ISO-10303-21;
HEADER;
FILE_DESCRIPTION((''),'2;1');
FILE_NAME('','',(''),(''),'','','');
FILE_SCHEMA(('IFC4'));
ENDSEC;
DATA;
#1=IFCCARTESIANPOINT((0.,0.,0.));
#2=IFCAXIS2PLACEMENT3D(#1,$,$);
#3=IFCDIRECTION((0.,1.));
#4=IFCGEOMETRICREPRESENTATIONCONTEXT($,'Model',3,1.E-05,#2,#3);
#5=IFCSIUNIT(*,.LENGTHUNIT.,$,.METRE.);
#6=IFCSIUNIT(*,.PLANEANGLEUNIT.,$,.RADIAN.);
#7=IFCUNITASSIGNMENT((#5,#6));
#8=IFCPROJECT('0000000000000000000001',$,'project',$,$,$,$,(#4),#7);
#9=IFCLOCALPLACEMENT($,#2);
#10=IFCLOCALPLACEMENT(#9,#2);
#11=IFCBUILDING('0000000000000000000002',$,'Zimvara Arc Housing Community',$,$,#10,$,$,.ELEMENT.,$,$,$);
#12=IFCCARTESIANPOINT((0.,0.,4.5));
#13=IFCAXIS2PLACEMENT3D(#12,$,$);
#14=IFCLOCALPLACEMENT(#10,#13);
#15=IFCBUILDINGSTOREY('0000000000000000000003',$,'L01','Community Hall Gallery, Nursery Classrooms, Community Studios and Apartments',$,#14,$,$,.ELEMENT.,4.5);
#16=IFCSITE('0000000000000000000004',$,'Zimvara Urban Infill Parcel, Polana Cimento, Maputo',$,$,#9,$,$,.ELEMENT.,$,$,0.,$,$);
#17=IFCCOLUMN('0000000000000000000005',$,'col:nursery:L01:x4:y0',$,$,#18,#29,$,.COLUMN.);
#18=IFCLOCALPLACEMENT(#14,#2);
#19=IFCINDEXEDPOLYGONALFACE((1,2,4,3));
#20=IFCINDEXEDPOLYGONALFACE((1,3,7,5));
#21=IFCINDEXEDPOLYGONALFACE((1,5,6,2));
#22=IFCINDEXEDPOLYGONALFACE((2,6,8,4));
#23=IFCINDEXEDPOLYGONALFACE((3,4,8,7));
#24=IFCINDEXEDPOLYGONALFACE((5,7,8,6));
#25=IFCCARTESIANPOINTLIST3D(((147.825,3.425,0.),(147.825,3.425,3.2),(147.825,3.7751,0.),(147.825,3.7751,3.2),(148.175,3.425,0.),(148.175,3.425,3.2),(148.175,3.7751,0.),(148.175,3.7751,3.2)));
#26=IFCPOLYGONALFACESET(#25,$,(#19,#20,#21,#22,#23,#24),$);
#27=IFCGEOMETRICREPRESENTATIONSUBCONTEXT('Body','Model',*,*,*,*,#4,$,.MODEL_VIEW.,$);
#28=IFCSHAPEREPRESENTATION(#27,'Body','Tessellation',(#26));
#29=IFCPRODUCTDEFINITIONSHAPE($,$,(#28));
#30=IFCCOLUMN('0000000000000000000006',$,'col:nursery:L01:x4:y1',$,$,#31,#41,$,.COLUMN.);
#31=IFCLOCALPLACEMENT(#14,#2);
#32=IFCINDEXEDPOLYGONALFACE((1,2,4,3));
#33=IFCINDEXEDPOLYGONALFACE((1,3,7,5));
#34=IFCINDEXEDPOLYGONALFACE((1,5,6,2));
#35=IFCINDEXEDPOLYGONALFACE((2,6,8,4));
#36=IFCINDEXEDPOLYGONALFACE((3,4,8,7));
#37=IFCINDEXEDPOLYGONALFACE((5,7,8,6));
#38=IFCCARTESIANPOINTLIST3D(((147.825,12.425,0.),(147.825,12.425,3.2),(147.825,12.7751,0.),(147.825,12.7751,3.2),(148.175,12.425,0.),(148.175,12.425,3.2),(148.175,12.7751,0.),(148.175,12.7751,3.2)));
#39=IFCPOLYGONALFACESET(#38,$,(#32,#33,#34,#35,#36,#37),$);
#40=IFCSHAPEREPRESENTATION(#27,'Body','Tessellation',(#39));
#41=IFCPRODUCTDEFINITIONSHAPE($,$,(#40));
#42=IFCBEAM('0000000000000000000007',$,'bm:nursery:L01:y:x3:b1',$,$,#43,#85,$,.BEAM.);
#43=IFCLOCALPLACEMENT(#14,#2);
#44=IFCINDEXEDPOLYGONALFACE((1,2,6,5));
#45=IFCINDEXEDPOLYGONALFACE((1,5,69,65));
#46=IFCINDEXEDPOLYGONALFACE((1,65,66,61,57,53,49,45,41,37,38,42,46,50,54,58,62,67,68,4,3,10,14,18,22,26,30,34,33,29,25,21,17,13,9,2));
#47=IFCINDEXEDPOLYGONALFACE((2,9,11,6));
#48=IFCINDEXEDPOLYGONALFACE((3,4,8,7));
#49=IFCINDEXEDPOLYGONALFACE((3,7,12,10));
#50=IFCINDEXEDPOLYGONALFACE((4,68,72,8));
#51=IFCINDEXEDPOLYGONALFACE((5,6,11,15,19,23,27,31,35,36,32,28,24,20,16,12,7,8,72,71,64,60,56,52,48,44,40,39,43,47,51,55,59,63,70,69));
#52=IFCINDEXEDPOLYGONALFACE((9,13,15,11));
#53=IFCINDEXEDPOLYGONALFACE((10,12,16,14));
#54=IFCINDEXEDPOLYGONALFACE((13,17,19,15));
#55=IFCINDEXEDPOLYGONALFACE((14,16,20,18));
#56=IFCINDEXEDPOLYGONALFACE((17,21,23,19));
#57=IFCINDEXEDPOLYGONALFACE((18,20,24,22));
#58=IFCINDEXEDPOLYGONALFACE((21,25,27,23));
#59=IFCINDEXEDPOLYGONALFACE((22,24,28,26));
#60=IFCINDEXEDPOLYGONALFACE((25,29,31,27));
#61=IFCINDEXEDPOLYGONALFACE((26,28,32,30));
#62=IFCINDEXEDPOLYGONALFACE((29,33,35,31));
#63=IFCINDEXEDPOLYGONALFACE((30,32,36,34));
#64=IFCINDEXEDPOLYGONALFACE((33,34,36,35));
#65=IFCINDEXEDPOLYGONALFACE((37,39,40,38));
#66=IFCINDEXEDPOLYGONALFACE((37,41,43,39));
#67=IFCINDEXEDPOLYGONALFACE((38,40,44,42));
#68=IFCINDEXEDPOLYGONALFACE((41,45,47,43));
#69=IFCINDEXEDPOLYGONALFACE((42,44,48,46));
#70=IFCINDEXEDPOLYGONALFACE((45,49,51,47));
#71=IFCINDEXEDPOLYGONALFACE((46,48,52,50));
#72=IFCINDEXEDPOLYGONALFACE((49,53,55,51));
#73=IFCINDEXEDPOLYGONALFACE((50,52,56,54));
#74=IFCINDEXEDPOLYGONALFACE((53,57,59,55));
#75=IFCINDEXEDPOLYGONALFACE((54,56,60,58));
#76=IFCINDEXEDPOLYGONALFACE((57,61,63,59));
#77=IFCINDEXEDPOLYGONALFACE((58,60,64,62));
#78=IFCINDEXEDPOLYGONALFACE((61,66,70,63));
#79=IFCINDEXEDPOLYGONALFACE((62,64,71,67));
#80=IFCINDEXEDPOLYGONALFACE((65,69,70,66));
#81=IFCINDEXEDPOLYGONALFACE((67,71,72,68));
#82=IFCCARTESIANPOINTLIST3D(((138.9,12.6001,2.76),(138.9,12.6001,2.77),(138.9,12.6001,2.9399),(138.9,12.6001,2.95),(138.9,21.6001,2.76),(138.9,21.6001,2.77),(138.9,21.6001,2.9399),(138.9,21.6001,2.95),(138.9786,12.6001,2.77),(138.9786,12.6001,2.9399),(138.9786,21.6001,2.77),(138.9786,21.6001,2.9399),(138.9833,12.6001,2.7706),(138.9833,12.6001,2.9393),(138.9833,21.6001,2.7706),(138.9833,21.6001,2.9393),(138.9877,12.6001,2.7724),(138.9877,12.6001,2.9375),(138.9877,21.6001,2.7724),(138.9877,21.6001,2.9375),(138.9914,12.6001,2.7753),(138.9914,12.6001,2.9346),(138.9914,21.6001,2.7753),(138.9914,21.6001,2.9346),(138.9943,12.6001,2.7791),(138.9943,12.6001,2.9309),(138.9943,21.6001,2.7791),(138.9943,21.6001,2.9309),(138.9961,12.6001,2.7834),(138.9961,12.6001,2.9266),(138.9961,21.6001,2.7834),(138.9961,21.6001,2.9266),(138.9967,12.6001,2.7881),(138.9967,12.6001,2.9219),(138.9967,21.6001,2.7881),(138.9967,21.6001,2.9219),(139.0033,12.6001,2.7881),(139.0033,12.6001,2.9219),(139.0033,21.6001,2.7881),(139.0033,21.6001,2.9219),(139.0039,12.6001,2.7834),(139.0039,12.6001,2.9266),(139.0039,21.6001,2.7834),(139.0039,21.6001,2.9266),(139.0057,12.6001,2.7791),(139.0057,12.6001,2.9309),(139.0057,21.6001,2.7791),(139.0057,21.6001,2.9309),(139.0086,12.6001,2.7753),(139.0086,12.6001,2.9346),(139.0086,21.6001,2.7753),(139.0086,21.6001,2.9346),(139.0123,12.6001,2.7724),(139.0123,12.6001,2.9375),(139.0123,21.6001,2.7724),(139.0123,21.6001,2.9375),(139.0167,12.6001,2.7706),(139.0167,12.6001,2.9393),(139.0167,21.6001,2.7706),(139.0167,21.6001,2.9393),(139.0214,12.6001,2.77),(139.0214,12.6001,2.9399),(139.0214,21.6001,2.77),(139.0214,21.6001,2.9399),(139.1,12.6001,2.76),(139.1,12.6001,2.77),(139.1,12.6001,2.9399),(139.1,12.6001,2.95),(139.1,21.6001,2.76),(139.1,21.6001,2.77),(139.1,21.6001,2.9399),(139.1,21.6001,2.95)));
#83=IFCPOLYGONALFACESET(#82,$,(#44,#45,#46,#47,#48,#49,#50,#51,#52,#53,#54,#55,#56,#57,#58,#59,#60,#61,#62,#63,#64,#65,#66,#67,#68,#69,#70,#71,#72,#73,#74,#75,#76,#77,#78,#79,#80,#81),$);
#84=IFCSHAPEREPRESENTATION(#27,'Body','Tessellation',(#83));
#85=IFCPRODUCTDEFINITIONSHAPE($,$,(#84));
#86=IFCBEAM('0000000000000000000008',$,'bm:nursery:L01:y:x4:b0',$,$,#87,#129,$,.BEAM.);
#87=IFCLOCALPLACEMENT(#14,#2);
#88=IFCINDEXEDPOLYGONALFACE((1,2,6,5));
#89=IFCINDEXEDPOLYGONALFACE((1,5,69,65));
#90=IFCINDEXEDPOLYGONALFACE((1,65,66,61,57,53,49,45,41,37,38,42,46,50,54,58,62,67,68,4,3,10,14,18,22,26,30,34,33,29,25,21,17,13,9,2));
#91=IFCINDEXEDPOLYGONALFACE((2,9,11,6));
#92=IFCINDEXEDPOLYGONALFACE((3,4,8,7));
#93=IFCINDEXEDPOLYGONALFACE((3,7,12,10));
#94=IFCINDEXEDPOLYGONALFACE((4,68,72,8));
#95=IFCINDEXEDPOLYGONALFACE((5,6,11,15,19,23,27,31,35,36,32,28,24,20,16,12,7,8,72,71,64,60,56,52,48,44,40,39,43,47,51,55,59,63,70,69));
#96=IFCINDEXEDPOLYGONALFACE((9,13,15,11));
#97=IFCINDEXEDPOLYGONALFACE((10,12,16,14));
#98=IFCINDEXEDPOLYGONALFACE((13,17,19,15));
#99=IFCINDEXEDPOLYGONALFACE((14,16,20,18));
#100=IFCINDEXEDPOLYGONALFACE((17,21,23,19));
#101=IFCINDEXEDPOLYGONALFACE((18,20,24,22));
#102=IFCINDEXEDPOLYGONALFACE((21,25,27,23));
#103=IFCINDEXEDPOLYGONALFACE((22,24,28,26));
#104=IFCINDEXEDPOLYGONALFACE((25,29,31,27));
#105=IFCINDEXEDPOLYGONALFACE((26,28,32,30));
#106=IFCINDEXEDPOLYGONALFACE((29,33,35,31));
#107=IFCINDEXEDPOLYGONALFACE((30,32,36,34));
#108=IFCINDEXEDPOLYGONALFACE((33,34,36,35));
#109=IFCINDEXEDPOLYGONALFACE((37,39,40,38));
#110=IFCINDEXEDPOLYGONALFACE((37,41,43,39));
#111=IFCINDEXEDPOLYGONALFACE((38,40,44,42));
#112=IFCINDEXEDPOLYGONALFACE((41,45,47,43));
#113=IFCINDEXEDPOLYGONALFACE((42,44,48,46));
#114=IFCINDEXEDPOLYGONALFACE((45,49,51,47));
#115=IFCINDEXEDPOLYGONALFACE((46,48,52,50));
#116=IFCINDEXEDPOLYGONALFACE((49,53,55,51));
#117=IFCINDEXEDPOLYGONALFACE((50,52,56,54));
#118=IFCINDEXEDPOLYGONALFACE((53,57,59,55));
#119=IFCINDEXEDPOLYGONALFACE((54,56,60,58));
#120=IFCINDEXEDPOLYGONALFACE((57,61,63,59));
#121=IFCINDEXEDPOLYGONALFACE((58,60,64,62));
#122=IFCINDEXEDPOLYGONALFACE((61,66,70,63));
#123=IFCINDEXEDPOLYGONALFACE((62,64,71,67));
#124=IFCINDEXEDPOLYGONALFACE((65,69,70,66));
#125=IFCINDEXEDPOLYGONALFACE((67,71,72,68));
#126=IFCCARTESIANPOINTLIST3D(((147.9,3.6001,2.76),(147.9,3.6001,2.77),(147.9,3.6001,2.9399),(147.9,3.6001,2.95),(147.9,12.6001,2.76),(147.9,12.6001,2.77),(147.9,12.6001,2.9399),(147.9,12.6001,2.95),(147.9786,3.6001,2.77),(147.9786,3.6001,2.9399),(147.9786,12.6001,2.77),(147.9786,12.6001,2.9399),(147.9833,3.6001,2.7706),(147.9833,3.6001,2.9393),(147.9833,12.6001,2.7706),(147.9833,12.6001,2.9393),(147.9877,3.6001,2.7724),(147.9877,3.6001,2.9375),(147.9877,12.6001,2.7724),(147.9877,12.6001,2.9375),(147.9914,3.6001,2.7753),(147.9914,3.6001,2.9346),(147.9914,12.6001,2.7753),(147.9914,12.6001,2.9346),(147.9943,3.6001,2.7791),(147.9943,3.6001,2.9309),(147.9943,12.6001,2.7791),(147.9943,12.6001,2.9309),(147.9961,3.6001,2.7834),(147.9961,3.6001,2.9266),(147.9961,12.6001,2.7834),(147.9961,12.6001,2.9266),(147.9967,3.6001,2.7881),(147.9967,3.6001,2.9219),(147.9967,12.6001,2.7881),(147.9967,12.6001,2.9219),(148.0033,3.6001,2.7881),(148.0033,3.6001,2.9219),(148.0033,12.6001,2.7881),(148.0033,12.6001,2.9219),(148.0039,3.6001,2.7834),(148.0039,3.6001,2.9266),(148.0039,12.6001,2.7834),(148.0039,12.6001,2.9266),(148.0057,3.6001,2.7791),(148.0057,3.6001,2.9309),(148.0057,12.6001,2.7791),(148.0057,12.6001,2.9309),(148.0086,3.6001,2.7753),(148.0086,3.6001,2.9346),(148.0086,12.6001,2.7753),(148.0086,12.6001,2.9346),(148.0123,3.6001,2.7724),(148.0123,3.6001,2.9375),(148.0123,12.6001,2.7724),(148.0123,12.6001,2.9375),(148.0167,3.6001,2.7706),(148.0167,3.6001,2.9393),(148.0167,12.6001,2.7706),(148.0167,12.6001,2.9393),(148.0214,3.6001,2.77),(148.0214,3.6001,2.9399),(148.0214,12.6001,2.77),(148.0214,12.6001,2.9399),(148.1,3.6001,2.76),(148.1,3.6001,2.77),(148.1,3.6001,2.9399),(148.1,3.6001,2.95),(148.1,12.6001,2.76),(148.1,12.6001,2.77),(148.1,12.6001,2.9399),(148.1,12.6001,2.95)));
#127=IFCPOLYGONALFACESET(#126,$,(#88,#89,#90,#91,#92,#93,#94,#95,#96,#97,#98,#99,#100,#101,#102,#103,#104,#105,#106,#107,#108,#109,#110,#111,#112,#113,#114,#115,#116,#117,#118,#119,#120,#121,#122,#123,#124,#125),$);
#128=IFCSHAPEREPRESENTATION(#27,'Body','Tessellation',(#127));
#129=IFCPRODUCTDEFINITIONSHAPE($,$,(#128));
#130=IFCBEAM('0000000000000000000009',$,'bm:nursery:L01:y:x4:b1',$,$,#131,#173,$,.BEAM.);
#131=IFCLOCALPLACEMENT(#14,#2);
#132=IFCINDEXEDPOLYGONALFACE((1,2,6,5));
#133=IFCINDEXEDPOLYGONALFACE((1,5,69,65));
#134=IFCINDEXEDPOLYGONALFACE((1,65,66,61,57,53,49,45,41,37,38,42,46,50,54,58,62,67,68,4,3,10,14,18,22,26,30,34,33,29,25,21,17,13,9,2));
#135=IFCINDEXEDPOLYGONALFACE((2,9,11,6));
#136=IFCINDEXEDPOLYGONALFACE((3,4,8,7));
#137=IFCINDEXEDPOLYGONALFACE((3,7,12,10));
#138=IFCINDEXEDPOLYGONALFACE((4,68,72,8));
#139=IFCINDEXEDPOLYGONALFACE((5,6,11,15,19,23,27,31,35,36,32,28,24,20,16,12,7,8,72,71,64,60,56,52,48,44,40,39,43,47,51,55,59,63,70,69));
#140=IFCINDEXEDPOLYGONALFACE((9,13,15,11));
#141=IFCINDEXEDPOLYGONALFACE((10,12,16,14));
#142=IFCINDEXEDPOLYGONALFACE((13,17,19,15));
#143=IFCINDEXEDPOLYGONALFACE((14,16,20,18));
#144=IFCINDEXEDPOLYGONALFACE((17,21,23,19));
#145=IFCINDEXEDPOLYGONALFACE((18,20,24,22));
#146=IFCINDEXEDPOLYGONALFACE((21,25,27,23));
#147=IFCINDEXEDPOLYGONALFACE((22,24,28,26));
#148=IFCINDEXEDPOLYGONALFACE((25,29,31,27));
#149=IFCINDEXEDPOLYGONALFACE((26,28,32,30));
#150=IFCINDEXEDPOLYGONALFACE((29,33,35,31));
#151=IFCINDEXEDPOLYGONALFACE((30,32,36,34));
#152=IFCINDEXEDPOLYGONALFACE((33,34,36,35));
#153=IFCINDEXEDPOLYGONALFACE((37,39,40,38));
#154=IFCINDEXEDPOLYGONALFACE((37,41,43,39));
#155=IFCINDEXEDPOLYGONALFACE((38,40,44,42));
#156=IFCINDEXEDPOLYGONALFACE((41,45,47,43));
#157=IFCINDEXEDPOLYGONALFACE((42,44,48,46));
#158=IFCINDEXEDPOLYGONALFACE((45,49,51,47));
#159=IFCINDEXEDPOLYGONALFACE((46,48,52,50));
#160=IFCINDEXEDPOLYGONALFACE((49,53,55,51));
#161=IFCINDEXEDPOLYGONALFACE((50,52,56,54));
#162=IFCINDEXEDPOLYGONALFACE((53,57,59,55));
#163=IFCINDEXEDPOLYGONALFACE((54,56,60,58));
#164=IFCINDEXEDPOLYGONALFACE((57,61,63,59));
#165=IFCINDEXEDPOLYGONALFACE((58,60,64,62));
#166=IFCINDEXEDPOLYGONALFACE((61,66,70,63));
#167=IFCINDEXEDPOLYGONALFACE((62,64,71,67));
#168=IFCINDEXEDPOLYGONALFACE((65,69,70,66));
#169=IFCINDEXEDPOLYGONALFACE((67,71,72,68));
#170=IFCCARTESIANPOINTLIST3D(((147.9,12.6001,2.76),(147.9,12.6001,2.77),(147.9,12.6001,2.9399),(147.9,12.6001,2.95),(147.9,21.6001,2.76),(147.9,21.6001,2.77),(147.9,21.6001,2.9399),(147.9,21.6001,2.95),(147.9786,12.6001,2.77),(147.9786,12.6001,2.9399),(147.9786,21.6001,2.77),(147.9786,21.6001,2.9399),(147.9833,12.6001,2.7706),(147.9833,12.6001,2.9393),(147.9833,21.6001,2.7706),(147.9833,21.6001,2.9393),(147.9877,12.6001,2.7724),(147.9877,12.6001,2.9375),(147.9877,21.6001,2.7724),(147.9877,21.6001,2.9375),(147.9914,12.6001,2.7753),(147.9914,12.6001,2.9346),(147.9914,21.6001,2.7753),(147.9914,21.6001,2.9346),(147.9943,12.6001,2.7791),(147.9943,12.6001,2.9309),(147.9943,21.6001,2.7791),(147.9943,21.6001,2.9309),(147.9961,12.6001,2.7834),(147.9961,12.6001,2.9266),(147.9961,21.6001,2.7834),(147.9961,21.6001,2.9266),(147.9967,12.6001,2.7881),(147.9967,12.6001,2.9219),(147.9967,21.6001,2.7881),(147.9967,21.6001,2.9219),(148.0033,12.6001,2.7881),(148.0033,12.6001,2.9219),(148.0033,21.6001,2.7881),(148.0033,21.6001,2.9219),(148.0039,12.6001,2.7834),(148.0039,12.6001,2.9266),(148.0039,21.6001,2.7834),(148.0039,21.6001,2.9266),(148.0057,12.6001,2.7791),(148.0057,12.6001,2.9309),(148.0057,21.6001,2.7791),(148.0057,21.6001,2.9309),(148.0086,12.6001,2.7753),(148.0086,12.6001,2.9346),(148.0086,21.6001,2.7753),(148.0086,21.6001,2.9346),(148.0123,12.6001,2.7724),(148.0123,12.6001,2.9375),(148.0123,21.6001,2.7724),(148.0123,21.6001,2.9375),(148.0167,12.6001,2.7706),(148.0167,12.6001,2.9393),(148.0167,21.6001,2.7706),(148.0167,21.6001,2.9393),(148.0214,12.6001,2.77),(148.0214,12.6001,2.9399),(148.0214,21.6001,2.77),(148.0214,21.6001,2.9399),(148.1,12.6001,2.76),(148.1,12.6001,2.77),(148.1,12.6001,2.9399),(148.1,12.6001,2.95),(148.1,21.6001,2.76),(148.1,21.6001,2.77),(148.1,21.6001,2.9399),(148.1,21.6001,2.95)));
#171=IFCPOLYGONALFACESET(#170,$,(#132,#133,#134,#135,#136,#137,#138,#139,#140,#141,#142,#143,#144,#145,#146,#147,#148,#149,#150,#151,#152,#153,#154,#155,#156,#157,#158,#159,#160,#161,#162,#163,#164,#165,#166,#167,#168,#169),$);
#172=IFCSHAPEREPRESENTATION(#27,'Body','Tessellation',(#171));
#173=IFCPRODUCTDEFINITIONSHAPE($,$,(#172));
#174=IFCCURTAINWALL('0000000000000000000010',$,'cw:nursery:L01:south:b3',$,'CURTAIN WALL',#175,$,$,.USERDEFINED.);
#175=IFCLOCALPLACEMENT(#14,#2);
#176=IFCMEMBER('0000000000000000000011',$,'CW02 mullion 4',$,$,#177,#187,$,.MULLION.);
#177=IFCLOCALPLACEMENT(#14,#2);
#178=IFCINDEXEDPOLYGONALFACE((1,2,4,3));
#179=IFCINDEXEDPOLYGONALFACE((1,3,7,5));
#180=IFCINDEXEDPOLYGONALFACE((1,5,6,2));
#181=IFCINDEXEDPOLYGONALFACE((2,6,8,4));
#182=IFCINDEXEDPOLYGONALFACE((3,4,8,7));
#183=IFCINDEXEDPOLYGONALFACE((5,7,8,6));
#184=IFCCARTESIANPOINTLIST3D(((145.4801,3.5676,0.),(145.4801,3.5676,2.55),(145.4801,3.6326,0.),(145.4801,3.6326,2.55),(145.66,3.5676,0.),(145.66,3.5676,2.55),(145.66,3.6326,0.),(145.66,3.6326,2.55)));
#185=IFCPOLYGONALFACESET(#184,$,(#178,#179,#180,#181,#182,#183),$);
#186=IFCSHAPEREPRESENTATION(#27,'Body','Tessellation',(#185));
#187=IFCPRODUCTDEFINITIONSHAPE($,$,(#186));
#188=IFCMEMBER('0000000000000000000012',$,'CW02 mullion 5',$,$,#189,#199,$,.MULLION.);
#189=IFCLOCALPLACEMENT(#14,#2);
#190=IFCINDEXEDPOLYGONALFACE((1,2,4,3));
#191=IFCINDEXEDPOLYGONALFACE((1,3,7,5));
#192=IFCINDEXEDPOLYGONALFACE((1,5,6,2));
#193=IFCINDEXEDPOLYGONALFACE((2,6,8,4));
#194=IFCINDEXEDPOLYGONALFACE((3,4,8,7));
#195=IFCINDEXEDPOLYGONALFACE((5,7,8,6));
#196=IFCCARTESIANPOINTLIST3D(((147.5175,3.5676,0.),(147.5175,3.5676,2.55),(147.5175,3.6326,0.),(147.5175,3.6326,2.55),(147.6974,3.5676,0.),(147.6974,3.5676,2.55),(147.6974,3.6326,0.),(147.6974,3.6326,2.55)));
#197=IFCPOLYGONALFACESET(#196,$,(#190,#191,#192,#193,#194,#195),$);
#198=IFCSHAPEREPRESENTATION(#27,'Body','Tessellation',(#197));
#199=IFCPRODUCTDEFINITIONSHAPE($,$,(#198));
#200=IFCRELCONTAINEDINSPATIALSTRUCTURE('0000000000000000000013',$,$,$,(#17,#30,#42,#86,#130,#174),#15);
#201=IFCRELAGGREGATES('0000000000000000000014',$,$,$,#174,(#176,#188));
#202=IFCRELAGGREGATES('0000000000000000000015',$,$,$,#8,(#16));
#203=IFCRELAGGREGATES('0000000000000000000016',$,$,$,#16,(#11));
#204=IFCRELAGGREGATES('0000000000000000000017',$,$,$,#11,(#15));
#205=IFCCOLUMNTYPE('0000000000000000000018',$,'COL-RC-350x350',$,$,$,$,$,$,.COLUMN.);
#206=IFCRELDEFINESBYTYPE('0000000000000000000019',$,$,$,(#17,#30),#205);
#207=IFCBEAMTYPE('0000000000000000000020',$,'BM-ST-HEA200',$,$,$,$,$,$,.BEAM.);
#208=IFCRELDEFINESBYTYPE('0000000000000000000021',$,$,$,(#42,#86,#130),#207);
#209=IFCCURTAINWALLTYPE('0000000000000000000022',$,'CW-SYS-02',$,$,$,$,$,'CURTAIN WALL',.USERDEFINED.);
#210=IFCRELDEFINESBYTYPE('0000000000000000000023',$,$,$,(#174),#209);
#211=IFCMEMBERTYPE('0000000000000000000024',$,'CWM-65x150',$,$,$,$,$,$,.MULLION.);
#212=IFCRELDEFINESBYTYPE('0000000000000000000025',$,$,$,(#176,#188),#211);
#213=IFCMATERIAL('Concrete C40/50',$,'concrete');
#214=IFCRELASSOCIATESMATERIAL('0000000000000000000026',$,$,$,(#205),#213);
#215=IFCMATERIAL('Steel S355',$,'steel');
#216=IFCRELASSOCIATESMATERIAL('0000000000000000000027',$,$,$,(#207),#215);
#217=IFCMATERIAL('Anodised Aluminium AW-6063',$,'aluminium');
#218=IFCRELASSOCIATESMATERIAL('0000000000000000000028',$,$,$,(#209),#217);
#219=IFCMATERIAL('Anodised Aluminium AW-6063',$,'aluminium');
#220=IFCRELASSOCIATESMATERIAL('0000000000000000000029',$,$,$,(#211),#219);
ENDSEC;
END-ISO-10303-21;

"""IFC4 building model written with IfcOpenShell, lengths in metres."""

from ifc_helpers import new_model, si_unit, direction, frame, origin, origin_2d, place, context, subcontext, project, spatial, rectangle, i_section, extrude, material, material_profile, profile_set, type_object, element, aggregate, save


model = new_model("IFC4")

# Units and contexts
model_context = context("Model", 3, precision=1e-05, world=origin(), true_north=direction((0.0, 1.0)))
body_context = subcontext(model_context, "Body", "Model", "MODEL_VIEW")
ifc_project = project(units=[si_unit("LENGTHUNIT", "METRE"), si_unit("PLANEANGLEUNIT", "RADIAN")], contexts=[model_context])

# Site, building, storey
site_placement = place(None, origin())
site = spatial("IfcSite", under=ifc_project, at=site_placement, Name="Zimvara Urban Infill Parcel, Polana Cimento, Maputo", CompositionType="ELEMENT", RefElevation=0.0)
building_placement = place(site_placement, origin())
building = spatial("IfcBuilding", under=site, at=building_placement, Name="Zimvara Arc Housing Community", CompositionType="ELEMENT")
storey_placement = place(building_placement, frame((0.0, 0.0, 4.5)))
storey = spatial("IfcBuildingStorey", under=building, at=storey_placement, Name="L01", Description="Community Hall Gallery, Nursery Classrooms, Community Studios and Apartments", CompositionType="ELEMENT", Elevation=4.5)

# Columns
ifc_material_1 = material(Name="Concrete C40/50", Category="concrete")
ifc_material_profile_1 = material_profile(ifc_material_1, rectangle(XDim=0.3501, YDim=0.3501, at=origin_2d()), Name="RC 350x350")
ifc_profile_set_1 = profile_set([ifc_material_profile_1], Name="Concrete C40/50")
column_type = type_object("IfcColumnType", Name="COL-RC-350x350", PredefinedType="COLUMN", material=ifc_profile_set_1)
for number, where, z_axis, x_axis, name in (
    (1, (148.0, 3.6001, 0.0), (0.0, 0.0, 1.0), (1.0, 0.0, 0.0), "col:nursery:L01:x4:y0"),
    (2, (148.0, 12.6001, 0.0), (0.0, 0.0, 1.0), (1.0, 0.0, 0.0), "col:nursery:L01:x4:y1"),
):
    element("IfcColumn", number, at=place(storey_placement, frame(where, z_axis=z_axis, x_axis=x_axis)), inside=storey, type_object=column_type, Name=name, PredefinedType="COLUMN", context=body_context, shape_type="SweptSolid", body=[
        extrude(rectangle(XDim=0.3501, YDim=0.3501, at=origin_2d()), origin(), (0.0, 0.0, 1.0), 3.2),
    ])

# Beams
ifc_material_2 = material(Name="Steel S355", Category="steel")
ifc_material_profile_2 = material_profile(ifc_material_2, i_section(OverallWidth=0.2, OverallDepth=0.1899, WebThickness=0.0066, FlangeThickness=0.01, FilletRadius=0.0181, at=origin_2d()), Name="HEA 200")
ifc_profile_set_2 = profile_set([ifc_material_profile_2], Name="Steel S355")
beam_type = type_object("IfcBeamType", Name="BM-ST-HEA200", PredefinedType="BEAM", material=ifc_profile_set_2)
for number, where, z_axis, x_axis, name in (
    (3, (139.0, 12.6001, 2.855), (0.0, 1.0, 0.0), (-1.0, 0.0, 0.0), "bm:nursery:L01:y:x3:b1"),
    (4, (148.0, 3.6001, 2.855), (0.0, 1.0, 0.0), (-1.0, 0.0, 0.0), "bm:nursery:L01:y:x4:b0"),
    (5, (148.0, 12.6001, 2.855), (0.0, 1.0, 0.0), (-1.0, 0.0, 0.0), "bm:nursery:L01:y:x4:b1"),
):
    element("IfcBeam", number, at=place(storey_placement, frame(where, z_axis=z_axis, x_axis=x_axis)), inside=storey, type_object=beam_type, Name=name, PredefinedType="BEAM", context=body_context, shape_type="SweptSolid", body=[
        extrude(i_section(OverallWidth=0.2, OverallDepth=0.1899, WebThickness=0.0066, FlangeThickness=0.01, FilletRadius=0.0181, at=origin_2d()), origin(), (0.0, 0.0, 1.0), 9.0),
    ])

# Curtain wall, members
ifc_material_3 = material(Name="Anodised Aluminium AW-6063", Category="aluminium")
curtain_wall_type = type_object("IfcCurtainWallType", Name="CW-SYS-02", ElementType="CURTAIN WALL", PredefinedType="USERDEFINED", material=ifc_material_3)
curtain_wall_placement = place(storey_placement, origin())
curtain_wall = element("IfcCurtainWall", 6, at=curtain_wall_placement, inside=storey, type_object=curtain_wall_type, Name="cw:nursery:L01:south:b3", ObjectType="CURTAIN WALL", PredefinedType="USERDEFINED")
ifc_material_4 = material(Name="Anodised Aluminium AW-6063", Category="aluminium")
ifc_material_profile_3 = material_profile(ifc_material_4, rectangle(XDim=0.0649, YDim=0.1799, at=origin_2d()), Name="ALU 65x180")
ifc_profile_set_3 = profile_set([ifc_material_profile_3], Name="Anodised Aluminium AW-6063")
member_type_1 = type_object("IfcMemberType", Name="CWM-65x150", PredefinedType="MULLION", material=ifc_profile_set_3)
member_1_placement = place(storey_placement, frame((145.5701, 3.6001, 0.0), z_axis=(0.0, 0.0, 1.0), x_axis=(0.0, 1.0, 0.0)))
member_1 = element("IfcMember", 7, at=member_1_placement, type_object=member_type_1, Name="CW02 mullion 4", PredefinedType="MULLION", context=body_context, shape_type="SweptSolid", body=[
    extrude(rectangle(XDim=0.0649, YDim=0.1799, at=origin_2d()), origin(), (0.0, 0.0, 1.0), 2.55),
])
member_2_placement = place(storey_placement, frame((147.6074, 3.6001, 0.0), z_axis=(0.0, 0.0, 1.0), x_axis=(0.0, 1.0, 0.0)))
member_2 = element("IfcMember", 8, at=member_2_placement, type_object=member_type_1, Name="CW02 mullion 5", PredefinedType="MULLION", context=body_context, shape_type="SweptSolid", body=[
    extrude(rectangle(XDim=0.0649, YDim=0.1799, at=origin_2d()), origin(), (0.0, 0.0, 1.0), 2.55),
])
aggregate(curtain_wall, [member_1, member_2])

save(model, "model.ifc")
